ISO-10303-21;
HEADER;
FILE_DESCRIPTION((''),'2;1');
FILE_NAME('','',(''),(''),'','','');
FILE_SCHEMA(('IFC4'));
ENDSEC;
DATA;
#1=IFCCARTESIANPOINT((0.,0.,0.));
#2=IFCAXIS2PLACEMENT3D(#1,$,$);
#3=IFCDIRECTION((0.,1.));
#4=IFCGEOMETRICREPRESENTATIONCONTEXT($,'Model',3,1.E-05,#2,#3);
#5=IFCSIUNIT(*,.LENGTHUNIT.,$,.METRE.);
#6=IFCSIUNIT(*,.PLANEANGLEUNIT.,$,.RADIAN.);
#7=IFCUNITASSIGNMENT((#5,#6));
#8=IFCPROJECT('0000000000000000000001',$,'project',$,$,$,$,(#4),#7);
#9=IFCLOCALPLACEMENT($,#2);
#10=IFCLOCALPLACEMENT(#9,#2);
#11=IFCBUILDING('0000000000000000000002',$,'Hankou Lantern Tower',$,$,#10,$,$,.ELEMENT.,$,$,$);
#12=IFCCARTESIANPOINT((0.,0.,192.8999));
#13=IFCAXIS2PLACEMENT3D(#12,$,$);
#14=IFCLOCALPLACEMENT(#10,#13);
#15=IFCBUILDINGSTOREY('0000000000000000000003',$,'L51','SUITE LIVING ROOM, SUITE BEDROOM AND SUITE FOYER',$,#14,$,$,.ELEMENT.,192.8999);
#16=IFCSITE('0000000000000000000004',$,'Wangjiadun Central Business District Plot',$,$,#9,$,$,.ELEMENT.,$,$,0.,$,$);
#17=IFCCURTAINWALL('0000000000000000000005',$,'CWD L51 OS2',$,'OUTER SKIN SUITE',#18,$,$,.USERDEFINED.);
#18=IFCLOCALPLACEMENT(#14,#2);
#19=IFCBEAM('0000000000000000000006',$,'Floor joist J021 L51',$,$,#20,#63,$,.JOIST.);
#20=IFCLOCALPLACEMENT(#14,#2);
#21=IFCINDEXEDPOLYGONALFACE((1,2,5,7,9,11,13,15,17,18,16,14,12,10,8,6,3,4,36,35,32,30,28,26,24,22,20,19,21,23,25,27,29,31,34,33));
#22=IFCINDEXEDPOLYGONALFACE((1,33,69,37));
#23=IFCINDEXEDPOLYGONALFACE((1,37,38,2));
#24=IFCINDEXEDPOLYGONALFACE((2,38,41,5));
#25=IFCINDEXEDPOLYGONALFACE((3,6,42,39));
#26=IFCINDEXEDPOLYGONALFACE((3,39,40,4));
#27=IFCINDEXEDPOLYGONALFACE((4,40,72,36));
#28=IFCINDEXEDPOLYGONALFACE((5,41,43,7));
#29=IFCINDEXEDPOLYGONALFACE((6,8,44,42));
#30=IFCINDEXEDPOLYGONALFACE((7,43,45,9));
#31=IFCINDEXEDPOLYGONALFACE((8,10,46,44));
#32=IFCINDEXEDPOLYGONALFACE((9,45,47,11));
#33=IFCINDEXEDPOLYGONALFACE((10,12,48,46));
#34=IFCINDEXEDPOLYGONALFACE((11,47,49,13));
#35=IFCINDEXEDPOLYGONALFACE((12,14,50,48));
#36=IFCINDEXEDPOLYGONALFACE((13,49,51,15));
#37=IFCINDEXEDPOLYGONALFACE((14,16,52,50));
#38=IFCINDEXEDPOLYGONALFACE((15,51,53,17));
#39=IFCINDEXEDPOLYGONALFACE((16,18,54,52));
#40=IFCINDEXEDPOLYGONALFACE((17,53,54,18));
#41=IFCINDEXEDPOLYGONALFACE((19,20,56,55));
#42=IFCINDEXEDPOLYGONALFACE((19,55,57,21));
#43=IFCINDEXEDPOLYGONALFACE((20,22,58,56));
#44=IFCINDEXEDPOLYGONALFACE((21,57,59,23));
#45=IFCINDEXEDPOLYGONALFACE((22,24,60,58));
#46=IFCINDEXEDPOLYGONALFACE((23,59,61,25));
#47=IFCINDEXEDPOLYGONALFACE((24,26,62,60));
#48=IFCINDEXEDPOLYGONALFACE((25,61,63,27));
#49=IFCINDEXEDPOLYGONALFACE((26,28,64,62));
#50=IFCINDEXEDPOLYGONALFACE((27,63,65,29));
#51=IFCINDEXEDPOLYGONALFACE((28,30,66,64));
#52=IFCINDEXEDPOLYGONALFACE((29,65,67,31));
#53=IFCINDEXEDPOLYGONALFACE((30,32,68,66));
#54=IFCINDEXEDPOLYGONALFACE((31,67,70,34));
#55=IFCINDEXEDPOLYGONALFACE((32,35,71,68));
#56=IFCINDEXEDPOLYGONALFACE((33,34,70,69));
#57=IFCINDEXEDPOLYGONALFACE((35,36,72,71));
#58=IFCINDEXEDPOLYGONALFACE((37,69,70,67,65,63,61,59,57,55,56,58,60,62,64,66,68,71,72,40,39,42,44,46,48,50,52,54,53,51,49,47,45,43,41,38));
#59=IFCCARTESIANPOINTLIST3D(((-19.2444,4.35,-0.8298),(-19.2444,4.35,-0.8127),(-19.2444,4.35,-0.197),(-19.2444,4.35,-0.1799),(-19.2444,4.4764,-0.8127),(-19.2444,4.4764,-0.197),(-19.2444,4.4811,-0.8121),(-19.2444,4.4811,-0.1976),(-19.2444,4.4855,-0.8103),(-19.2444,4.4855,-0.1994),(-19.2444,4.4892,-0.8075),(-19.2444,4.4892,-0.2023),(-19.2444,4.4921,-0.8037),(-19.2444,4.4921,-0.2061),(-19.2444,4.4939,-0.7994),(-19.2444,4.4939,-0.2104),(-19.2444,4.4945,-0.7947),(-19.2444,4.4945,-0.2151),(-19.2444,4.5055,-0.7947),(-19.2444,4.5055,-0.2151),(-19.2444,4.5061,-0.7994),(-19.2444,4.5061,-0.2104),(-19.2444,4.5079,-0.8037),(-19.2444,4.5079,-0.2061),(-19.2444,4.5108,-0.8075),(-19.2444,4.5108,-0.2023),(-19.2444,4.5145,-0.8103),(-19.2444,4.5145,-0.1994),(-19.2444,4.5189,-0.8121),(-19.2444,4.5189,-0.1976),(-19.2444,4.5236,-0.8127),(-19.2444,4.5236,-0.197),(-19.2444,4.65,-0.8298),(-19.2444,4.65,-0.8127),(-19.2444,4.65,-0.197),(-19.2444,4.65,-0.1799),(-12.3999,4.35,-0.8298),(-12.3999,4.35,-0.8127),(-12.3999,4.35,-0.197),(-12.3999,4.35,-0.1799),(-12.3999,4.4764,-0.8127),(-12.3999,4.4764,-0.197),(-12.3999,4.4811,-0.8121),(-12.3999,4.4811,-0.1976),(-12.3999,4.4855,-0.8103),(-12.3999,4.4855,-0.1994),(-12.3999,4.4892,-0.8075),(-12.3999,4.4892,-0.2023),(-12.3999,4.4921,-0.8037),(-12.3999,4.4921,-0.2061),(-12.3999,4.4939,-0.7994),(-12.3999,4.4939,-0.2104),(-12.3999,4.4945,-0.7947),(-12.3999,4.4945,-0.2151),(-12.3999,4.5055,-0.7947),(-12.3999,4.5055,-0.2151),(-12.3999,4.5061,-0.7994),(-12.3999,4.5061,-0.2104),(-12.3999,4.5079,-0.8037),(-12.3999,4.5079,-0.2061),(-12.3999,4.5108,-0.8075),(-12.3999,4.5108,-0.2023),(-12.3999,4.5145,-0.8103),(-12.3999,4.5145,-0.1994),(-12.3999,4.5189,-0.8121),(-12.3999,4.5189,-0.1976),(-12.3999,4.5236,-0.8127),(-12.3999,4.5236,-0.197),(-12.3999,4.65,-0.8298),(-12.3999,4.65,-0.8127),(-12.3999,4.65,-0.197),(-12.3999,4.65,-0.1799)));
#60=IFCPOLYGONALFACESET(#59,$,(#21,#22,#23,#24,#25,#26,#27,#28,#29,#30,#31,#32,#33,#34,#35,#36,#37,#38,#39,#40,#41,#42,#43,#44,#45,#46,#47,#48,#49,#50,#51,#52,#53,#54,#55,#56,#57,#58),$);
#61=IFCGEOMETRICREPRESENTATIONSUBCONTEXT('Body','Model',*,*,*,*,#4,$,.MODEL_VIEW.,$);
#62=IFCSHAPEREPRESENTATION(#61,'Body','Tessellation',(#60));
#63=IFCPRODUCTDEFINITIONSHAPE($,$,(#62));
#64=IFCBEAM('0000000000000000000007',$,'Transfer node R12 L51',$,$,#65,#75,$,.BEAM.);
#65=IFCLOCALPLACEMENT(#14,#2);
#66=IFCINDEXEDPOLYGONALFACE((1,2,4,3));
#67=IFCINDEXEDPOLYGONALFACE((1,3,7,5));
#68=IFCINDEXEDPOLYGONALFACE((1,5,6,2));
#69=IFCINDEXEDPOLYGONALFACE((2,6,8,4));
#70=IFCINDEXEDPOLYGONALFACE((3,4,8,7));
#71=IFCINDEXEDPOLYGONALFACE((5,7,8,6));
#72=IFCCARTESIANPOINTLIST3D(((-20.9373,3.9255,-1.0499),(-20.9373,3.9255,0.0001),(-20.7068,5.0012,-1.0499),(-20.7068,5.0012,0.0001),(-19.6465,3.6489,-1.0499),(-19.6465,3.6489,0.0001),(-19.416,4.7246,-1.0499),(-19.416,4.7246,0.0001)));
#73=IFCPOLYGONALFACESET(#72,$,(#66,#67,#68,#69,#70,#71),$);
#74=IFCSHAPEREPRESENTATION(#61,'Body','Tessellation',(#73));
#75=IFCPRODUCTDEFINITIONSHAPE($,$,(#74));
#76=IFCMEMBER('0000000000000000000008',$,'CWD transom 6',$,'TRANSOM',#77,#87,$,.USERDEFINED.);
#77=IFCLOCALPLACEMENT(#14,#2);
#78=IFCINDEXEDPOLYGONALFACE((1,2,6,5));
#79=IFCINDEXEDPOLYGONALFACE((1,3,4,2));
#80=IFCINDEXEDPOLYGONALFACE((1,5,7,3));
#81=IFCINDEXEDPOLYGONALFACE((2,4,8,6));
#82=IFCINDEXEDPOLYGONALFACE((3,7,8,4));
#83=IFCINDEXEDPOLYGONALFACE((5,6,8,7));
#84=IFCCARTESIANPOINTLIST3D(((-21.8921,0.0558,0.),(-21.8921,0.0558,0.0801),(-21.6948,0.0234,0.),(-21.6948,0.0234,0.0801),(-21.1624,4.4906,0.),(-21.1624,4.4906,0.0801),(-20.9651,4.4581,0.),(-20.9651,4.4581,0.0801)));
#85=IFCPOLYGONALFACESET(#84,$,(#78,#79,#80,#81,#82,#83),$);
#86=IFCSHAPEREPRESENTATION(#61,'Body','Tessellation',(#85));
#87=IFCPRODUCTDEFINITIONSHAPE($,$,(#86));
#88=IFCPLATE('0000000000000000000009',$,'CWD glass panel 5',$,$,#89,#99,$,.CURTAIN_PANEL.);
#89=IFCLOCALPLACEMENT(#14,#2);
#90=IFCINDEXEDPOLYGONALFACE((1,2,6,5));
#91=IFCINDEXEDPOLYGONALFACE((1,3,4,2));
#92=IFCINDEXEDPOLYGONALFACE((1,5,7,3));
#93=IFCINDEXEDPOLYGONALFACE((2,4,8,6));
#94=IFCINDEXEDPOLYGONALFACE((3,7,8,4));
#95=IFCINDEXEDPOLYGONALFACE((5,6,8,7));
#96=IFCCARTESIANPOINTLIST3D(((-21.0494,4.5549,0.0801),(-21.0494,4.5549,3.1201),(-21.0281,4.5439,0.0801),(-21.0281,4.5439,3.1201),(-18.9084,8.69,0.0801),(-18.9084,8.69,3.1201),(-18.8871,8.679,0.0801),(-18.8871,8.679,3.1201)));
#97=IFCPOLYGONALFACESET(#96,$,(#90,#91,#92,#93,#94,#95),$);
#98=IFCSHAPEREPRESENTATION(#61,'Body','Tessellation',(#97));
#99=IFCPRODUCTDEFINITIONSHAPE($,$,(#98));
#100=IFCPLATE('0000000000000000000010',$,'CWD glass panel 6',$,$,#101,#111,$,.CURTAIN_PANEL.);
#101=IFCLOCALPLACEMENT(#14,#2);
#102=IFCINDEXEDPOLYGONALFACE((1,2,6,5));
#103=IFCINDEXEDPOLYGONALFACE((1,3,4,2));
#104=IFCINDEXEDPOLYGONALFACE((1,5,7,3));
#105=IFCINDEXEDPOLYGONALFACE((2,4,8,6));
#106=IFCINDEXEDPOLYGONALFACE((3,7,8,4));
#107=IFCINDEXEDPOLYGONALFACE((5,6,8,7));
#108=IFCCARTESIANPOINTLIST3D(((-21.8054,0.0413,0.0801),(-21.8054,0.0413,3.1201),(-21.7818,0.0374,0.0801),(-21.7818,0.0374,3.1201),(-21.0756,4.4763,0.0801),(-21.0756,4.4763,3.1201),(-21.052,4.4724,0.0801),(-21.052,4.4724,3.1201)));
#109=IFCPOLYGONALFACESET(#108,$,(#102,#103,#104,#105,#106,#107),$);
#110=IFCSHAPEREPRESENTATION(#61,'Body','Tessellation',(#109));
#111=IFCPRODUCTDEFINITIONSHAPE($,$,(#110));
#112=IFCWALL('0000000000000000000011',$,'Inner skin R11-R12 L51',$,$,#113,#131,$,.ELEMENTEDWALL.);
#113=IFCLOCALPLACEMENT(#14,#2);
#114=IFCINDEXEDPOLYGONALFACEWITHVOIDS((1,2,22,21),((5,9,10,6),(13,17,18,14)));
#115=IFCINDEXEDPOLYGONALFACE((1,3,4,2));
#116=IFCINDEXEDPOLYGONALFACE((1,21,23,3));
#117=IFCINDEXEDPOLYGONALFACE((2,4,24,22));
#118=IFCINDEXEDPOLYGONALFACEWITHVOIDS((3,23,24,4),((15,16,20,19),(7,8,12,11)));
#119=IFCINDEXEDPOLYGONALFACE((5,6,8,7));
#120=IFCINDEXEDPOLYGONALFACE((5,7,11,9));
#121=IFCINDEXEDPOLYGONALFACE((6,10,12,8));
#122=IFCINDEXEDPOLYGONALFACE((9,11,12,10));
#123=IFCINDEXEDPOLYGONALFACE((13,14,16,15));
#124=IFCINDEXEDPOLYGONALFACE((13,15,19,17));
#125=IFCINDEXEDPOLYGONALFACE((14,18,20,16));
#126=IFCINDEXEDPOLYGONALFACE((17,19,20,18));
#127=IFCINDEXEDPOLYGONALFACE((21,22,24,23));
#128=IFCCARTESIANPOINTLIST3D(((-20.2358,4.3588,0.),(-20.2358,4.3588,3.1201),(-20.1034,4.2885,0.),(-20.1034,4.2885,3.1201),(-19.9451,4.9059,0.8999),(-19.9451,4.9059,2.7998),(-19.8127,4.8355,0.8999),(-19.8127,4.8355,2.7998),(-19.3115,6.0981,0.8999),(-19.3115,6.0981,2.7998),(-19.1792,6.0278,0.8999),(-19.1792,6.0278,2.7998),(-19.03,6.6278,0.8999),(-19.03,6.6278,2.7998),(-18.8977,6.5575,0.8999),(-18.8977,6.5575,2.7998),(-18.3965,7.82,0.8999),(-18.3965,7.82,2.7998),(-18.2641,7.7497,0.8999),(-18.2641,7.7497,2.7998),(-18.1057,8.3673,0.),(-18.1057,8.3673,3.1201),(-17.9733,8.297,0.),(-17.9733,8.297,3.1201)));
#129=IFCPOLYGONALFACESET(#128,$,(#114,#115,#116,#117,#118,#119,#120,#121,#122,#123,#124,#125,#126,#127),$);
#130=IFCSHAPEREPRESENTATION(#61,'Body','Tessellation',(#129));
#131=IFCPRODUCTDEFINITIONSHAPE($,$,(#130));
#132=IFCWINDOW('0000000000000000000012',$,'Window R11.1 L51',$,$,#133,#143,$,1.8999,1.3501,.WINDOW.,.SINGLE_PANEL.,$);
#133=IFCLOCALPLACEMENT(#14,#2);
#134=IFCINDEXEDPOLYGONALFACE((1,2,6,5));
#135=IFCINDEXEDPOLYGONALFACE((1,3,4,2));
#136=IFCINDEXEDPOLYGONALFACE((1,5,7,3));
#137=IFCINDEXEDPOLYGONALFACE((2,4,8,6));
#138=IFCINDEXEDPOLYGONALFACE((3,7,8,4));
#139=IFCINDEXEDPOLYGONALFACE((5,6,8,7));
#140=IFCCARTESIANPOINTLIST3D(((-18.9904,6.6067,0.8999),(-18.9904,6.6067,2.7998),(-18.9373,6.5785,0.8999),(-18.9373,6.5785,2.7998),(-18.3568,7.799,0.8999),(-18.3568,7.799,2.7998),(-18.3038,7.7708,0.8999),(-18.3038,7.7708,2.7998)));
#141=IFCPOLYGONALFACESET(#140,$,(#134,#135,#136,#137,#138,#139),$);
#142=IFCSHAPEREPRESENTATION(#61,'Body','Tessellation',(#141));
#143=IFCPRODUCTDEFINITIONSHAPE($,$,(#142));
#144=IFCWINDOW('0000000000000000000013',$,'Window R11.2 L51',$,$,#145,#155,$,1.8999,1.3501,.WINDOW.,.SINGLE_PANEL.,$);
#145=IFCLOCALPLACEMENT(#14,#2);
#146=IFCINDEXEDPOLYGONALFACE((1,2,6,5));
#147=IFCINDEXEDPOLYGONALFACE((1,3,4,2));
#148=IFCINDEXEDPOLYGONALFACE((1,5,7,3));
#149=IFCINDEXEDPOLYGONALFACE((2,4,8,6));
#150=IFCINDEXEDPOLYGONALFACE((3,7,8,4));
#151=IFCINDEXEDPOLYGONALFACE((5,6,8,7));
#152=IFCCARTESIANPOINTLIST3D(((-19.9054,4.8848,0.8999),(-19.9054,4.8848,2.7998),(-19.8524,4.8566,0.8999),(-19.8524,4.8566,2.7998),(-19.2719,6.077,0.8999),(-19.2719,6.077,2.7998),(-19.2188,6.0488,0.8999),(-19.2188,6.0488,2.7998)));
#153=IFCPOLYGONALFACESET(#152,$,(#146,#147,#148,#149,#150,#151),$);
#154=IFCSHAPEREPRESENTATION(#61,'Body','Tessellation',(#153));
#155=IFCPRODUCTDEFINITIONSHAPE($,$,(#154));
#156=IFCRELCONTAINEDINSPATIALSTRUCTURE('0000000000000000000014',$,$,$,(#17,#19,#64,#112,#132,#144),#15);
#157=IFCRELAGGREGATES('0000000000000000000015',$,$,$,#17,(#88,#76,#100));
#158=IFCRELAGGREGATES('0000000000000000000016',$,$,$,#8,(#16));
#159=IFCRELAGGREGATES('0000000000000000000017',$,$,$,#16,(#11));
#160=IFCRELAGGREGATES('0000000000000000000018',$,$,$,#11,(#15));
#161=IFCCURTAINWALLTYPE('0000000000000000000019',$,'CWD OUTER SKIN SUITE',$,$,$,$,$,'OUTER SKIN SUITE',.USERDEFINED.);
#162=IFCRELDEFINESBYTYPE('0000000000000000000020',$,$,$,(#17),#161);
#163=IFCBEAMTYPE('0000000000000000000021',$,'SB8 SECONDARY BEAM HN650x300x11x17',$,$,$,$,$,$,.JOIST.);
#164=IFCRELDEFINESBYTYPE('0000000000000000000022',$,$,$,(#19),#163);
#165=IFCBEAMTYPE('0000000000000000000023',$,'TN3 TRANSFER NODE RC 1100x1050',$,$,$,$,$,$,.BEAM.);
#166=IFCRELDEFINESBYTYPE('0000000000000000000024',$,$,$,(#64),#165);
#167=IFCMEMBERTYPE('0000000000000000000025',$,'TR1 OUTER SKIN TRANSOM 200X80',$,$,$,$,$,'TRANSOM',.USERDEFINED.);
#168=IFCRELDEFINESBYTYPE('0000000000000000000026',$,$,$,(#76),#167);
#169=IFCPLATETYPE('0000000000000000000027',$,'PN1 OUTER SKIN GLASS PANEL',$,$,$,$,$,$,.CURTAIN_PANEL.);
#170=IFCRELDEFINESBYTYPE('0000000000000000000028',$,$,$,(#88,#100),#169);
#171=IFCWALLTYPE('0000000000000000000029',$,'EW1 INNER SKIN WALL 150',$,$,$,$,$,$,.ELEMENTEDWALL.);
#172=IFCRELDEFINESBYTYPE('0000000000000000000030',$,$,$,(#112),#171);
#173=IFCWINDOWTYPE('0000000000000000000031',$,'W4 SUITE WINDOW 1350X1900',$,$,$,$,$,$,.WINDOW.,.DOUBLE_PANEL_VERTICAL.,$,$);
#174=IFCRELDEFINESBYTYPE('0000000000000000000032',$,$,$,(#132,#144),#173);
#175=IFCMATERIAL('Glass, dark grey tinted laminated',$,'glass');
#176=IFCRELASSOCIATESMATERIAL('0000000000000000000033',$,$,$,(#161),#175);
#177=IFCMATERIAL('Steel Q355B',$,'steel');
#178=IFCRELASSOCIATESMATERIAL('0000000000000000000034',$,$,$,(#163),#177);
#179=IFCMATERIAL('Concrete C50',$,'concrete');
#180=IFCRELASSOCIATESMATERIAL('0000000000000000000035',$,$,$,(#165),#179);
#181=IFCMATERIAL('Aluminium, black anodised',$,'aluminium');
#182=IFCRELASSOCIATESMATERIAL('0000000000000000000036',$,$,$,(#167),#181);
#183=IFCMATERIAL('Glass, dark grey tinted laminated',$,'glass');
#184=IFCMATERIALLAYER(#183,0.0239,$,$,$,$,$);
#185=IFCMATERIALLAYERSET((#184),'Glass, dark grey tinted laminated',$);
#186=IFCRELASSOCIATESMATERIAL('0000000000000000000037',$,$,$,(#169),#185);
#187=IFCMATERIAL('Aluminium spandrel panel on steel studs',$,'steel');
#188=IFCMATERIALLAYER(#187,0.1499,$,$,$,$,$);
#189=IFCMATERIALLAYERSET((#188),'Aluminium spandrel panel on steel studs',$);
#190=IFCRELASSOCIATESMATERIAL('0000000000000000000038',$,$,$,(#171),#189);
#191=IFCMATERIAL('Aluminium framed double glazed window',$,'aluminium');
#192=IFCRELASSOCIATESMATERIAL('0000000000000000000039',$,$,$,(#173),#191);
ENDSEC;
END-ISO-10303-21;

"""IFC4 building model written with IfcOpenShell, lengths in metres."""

from ifc_helpers import new_model, si_unit, direction, frame, frame_2d, origin, origin_2d, place, context, subcontext, project, spatial, rectangle, i_section, extrude, material, layer, layer_set, material_profile, profile_set, type_object, element, fill, aggregate, save


model = new_model("IFC4")

# Units and contexts
model_context = context("Model", 3, precision=1e-05, world=origin(), true_north=direction((0.0, 1.0)))
body_context = subcontext(model_context, "Body", "Model", "MODEL_VIEW")
ifc_project = project(units=[si_unit("LENGTHUNIT", "METRE"), si_unit("PLANEANGLEUNIT", "RADIAN")], contexts=[model_context])

# Site, building, storey
site_placement = place(None, origin())
site = spatial("IfcSite", under=ifc_project, at=site_placement, Name="Wangjiadun Central Business District Plot", CompositionType="ELEMENT", RefElevation=0.0)
building_placement = place(site_placement, origin())
building = spatial("IfcBuilding", under=site, at=building_placement, Name="Hankou Lantern Tower", CompositionType="ELEMENT")
storey_placement = place(building_placement, frame((0.0, 0.0, 192.8999)))
storey = spatial("IfcBuildingStorey", under=building, at=storey_placement, Name="L51", Description="SUITE LIVING ROOM, SUITE BEDROOM AND SUITE FOYER", CompositionType="ELEMENT", Elevation=192.8999)

# Curtain wall
ifc_material_1 = material(Name="Glass, dark grey tinted laminated", Category="glass")
curtain_wall_type = type_object("IfcCurtainWallType", Name="CWD OUTER SKIN SUITE", ElementType="OUTER SKIN SUITE", PredefinedType="USERDEFINED", material=ifc_material_1)
curtain_wall_placement = place(storey_placement, origin())
curtain_wall = element("IfcCurtainWall", 1, at=curtain_wall_placement, inside=storey, type_object=curtain_wall_type, Name="CWD L51 OS2", ObjectType="OUTER SKIN SUITE", PredefinedType="USERDEFINED")

# Beams
ifc_material_2 = material(Name="Steel Q355B", Category="steel")
ifc_material_profile_1 = material_profile(ifc_material_2, i_section(OverallWidth=0.3, OverallDepth=0.6499, WebThickness=0.011, FlangeThickness=0.0171, FilletRadius=0.0181, at=origin_2d()), Name="HN650x300x11x17")
ifc_profile_set_1 = profile_set([ifc_material_profile_1], Name="Steel Q355B")
beam_type_1 = type_object("IfcBeamType", Name="SB8 SECONDARY BEAM HN650x300x11x17", PredefinedType="JOIST", material=ifc_profile_set_1)
beam_1_placement = place(storey_placement, frame((-19.2444, 4.5, -0.5049), z_axis=(1.0, 0.0, 0.0), x_axis=(0.0, 1.0, 0.0)))
element("IfcBeam", 2, at=beam_1_placement, inside=storey, type_object=beam_type_1, Name="Floor joist J021 L51", PredefinedType="JOIST", context=body_context, shape_type="SweptSolid", body=[
    extrude(i_section(OverallWidth=0.3, OverallDepth=0.6499, WebThickness=0.011, FlangeThickness=0.0171, FilletRadius=0.0181, at=origin_2d()), origin(), (0.0, 0.0, 1.0), 6.8445),
])
ifc_material_3 = material(Name="Concrete C50", Category="concrete")
ifc_material_profile_2 = material_profile(ifc_material_3, rectangle(XDim=1.1001, YDim=1.05, at=origin_2d()), Name="RC 1100x1050")
ifc_profile_set_2 = profile_set([ifc_material_profile_2], Name="Concrete C50")
beam_type_2 = type_object("IfcBeamType", Name="TN3 TRANSFER NODE RC 1100x1050", PredefinedType="BEAM", material=ifc_profile_set_2)
beam_2_placement = place(storey_placement, frame((-20.822, 4.4634, -0.5249), z_axis=(0.9778, -0.209542, 0.0), x_axis=(0.209542, 0.9778, 0.0)))
element("IfcBeam", 3, at=beam_2_placement, inside=storey, type_object=beam_type_2, Name="Transfer node R12 L51", PredefinedType="BEAM", context=body_context, shape_type="SweptSolid", body=[
    extrude(rectangle(XDim=1.1001, YDim=1.05, at=origin_2d()), origin(), (0.0, 0.0, 1.0), 1.3201),
])

# Member
ifc_material_4 = material(Name="Aluminium, black anodised", Category="aluminium")
ifc_material_profile_3 = material_profile(ifc_material_4, rectangle(XDim=0.2, YDim=0.0801, at=origin_2d()), Name="TR1 200X80")
ifc_profile_set_3 = profile_set([ifc_material_profile_3], Name="Aluminium, black anodised")
member_type_1 = type_object("IfcMemberType", Name="TR1 OUTER SKIN TRANSOM 200X80", ElementType="TRANSOM", PredefinedType="USERDEFINED", material=ifc_profile_set_3)
member_1_placement = place(storey_placement, frame((-21.0637, 4.4744, 0.04), z_axis=(-0.162364, -0.986731, 0.0), x_axis=(0.986731, -0.162364, 0.0)))
member_1 = element("IfcMember", 4, at=member_1_placement, type_object=member_type_1, Name="CWD transom 6", ObjectType="TRANSOM", PredefinedType="USERDEFINED", context=body_context, shape_type="SweptSolid", body=[
    extrude(rectangle(XDim=0.2, YDim=0.0801, at=origin_2d()), origin(), (0.0, 0.0, 1.0), 4.4944),
])

# Plates
ifc_material_5 = material(Name="Glass, dark grey tinted laminated", Category="glass")
ifc_layer_1 = layer(ifc_material_5, 0.0239)
ifc_layer_set_1 = layer_set([ifc_layer_1], Name="Glass, dark grey tinted laminated")
plate_type = type_object("IfcPlateType", Name="PN1 OUTER SKIN GLASS PANEL", PredefinedType="CURTAIN_PANEL", material=ifc_layer_set_1)
plate_1_placement = place(storey_placement, frame((-19.9683, 6.6169, 0.0801), z_axis=(0.0, 0.0, 1.0), x_axis=(-0.459791, -0.888027, 0.0)))
plate_1 = element("IfcPlate", 5, at=plate_1_placement, type_object=plate_type, Name="CWD glass panel 5", PredefinedType="CURTAIN_PANEL", context=body_context, shape_type="SweptSolid", body=[
    extrude(rectangle(XDim=4.6565, YDim=0.0239, at=origin_2d()), origin(), (0.0, 0.0, 1.0), 3.04),
])
plate_2_placement = place(storey_placement, frame((-21.4287, 2.2568, 0.0801), z_axis=(0.0, 0.0, 1.0), x_axis=(-0.162382, -0.986728, 0.0)))
plate_2 = element("IfcPlate", 6, at=plate_2_placement, type_object=plate_type, Name="CWD glass panel 6", PredefinedType="CURTAIN_PANEL", context=body_context, shape_type="SweptSolid", body=[
    extrude(rectangle(XDim=4.4946, YDim=0.0239, at=origin_2d()), origin(), (0.0, 0.0, 1.0), 3.04),
])
aggregate(curtain_wall, [plate_1, member_1, plate_2])

# Wall, openings, windows
ifc_material_6 = material(Name="Aluminium spandrel panel on steel studs", Category="steel")
ifc_layer_2 = layer(ifc_material_6, 0.1499)
ifc_layer_set_2 = layer_set([ifc_layer_2], Name="Aluminium spandrel panel on steel studs")
wall_type_1 = type_object("IfcWallType", Name="EW1 INNER SKIN WALL 150", PredefinedType="ELEMENTEDWALL", material=ifc_layer_set_2)
wall_1_placement = place(storey_placement, frame((-18.0396, 8.332, 0.0), z_axis=(0.0, 0.0, 1.0), x_axis=(-0.469256, -0.883062, 0.0)))
wall_1 = element("IfcWall", 7, at=wall_1_placement, inside=storey, type_object=wall_type_1, Name="Inner skin R11-R12 L51", PredefinedType="ELEMENTEDWALL", context=body_context, shape_type="SweptSolid", body=[
    extrude(rectangle(XDim=4.5393, YDim=0.1499, at=frame_2d((2.2695, 0.0))), origin(), (0.0, 0.0, 1.0), 3.1201),
])
opening_1_placement = place(wall_1_placement, frame((0.6196, 0.0, 0.8999)))
opening_1 = element("IfcOpeningElement", 8, at=opening_1_placement, cuts=wall_1, PredefinedType="OPENING", context=body_context, shape_type="SweptSolid", body=[
    extrude(rectangle(XDim=1.3501, YDim=1.8999, at=frame_2d((0.675, 0.95))), frame((0.0, 0.085, 0.0), z_axis=(0.0, -1.0, 0.0), x_axis=(1.0, 0.0, 0.0)), (0.0, 0.0, 1.0), 0.1699),
])
opening_2_placement = place(wall_1_placement, frame((2.5696, 0.0, 0.8999)))
opening_2 = element("IfcOpeningElement", 9, at=opening_2_placement, cuts=wall_1, PredefinedType="OPENING", context=body_context, shape_type="SweptSolid", body=[
    extrude(rectangle(XDim=1.3501, YDim=1.8999, at=frame_2d((0.675, 0.95))), frame((0.0, 0.085, 0.0), z_axis=(0.0, -1.0, 0.0), x_axis=(1.0, 0.0, 0.0)), (0.0, 0.0, 1.0), 0.1699),
])
ifc_material_7 = material(Name="Aluminium framed double glazed window", Category="aluminium")
window_type = type_object("IfcWindowType", Name="W4 SUITE WINDOW 1350X1900", PartitioningType="DOUBLE_PANEL_VERTICAL", PredefinedType="WINDOW", material=ifc_material_7)
window_1_placement = place(opening_1_placement, origin())
window_1 = element("IfcWindow", 10, at=window_1_placement, inside=storey, type_object=window_type, Name="Window R11.1 L51", OverallHeight=1.8999, OverallWidth=1.3501, PartitioningType="SINGLE_PANEL", PredefinedType="WINDOW", context=body_context, shape_type="SweptSolid", body=[
    extrude(rectangle(XDim=1.3501, YDim=1.8999, at=frame_2d((0.675, 0.95))), frame((0.0, 0.03, 0.0), z_axis=(0.0, -1.0, 0.0), x_axis=(1.0, 0.0, 0.0)), (0.0, 0.0, 1.0), 0.0601),
])
fill(opening_1, window_1)
window_2_placement = place(opening_2_placement, origin())
window_2 = element("IfcWindow", 11, at=window_2_placement, inside=storey, type_object=window_type, Name="Window R11.2 L51", OverallHeight=1.8999, OverallWidth=1.3501, PartitioningType="SINGLE_PANEL", PredefinedType="WINDOW", context=body_context, shape_type="SweptSolid", body=[
    extrude(rectangle(XDim=1.3501, YDim=1.8999, at=frame_2d((0.675, 0.95))), frame((0.0, 0.03, 0.0), z_axis=(0.0, -1.0, 0.0), x_axis=(1.0, 0.0, 0.0)), (0.0, 0.0, 1.0), 0.0601),
])
fill(opening_2, window_2)

save(model, "model.ifc")
